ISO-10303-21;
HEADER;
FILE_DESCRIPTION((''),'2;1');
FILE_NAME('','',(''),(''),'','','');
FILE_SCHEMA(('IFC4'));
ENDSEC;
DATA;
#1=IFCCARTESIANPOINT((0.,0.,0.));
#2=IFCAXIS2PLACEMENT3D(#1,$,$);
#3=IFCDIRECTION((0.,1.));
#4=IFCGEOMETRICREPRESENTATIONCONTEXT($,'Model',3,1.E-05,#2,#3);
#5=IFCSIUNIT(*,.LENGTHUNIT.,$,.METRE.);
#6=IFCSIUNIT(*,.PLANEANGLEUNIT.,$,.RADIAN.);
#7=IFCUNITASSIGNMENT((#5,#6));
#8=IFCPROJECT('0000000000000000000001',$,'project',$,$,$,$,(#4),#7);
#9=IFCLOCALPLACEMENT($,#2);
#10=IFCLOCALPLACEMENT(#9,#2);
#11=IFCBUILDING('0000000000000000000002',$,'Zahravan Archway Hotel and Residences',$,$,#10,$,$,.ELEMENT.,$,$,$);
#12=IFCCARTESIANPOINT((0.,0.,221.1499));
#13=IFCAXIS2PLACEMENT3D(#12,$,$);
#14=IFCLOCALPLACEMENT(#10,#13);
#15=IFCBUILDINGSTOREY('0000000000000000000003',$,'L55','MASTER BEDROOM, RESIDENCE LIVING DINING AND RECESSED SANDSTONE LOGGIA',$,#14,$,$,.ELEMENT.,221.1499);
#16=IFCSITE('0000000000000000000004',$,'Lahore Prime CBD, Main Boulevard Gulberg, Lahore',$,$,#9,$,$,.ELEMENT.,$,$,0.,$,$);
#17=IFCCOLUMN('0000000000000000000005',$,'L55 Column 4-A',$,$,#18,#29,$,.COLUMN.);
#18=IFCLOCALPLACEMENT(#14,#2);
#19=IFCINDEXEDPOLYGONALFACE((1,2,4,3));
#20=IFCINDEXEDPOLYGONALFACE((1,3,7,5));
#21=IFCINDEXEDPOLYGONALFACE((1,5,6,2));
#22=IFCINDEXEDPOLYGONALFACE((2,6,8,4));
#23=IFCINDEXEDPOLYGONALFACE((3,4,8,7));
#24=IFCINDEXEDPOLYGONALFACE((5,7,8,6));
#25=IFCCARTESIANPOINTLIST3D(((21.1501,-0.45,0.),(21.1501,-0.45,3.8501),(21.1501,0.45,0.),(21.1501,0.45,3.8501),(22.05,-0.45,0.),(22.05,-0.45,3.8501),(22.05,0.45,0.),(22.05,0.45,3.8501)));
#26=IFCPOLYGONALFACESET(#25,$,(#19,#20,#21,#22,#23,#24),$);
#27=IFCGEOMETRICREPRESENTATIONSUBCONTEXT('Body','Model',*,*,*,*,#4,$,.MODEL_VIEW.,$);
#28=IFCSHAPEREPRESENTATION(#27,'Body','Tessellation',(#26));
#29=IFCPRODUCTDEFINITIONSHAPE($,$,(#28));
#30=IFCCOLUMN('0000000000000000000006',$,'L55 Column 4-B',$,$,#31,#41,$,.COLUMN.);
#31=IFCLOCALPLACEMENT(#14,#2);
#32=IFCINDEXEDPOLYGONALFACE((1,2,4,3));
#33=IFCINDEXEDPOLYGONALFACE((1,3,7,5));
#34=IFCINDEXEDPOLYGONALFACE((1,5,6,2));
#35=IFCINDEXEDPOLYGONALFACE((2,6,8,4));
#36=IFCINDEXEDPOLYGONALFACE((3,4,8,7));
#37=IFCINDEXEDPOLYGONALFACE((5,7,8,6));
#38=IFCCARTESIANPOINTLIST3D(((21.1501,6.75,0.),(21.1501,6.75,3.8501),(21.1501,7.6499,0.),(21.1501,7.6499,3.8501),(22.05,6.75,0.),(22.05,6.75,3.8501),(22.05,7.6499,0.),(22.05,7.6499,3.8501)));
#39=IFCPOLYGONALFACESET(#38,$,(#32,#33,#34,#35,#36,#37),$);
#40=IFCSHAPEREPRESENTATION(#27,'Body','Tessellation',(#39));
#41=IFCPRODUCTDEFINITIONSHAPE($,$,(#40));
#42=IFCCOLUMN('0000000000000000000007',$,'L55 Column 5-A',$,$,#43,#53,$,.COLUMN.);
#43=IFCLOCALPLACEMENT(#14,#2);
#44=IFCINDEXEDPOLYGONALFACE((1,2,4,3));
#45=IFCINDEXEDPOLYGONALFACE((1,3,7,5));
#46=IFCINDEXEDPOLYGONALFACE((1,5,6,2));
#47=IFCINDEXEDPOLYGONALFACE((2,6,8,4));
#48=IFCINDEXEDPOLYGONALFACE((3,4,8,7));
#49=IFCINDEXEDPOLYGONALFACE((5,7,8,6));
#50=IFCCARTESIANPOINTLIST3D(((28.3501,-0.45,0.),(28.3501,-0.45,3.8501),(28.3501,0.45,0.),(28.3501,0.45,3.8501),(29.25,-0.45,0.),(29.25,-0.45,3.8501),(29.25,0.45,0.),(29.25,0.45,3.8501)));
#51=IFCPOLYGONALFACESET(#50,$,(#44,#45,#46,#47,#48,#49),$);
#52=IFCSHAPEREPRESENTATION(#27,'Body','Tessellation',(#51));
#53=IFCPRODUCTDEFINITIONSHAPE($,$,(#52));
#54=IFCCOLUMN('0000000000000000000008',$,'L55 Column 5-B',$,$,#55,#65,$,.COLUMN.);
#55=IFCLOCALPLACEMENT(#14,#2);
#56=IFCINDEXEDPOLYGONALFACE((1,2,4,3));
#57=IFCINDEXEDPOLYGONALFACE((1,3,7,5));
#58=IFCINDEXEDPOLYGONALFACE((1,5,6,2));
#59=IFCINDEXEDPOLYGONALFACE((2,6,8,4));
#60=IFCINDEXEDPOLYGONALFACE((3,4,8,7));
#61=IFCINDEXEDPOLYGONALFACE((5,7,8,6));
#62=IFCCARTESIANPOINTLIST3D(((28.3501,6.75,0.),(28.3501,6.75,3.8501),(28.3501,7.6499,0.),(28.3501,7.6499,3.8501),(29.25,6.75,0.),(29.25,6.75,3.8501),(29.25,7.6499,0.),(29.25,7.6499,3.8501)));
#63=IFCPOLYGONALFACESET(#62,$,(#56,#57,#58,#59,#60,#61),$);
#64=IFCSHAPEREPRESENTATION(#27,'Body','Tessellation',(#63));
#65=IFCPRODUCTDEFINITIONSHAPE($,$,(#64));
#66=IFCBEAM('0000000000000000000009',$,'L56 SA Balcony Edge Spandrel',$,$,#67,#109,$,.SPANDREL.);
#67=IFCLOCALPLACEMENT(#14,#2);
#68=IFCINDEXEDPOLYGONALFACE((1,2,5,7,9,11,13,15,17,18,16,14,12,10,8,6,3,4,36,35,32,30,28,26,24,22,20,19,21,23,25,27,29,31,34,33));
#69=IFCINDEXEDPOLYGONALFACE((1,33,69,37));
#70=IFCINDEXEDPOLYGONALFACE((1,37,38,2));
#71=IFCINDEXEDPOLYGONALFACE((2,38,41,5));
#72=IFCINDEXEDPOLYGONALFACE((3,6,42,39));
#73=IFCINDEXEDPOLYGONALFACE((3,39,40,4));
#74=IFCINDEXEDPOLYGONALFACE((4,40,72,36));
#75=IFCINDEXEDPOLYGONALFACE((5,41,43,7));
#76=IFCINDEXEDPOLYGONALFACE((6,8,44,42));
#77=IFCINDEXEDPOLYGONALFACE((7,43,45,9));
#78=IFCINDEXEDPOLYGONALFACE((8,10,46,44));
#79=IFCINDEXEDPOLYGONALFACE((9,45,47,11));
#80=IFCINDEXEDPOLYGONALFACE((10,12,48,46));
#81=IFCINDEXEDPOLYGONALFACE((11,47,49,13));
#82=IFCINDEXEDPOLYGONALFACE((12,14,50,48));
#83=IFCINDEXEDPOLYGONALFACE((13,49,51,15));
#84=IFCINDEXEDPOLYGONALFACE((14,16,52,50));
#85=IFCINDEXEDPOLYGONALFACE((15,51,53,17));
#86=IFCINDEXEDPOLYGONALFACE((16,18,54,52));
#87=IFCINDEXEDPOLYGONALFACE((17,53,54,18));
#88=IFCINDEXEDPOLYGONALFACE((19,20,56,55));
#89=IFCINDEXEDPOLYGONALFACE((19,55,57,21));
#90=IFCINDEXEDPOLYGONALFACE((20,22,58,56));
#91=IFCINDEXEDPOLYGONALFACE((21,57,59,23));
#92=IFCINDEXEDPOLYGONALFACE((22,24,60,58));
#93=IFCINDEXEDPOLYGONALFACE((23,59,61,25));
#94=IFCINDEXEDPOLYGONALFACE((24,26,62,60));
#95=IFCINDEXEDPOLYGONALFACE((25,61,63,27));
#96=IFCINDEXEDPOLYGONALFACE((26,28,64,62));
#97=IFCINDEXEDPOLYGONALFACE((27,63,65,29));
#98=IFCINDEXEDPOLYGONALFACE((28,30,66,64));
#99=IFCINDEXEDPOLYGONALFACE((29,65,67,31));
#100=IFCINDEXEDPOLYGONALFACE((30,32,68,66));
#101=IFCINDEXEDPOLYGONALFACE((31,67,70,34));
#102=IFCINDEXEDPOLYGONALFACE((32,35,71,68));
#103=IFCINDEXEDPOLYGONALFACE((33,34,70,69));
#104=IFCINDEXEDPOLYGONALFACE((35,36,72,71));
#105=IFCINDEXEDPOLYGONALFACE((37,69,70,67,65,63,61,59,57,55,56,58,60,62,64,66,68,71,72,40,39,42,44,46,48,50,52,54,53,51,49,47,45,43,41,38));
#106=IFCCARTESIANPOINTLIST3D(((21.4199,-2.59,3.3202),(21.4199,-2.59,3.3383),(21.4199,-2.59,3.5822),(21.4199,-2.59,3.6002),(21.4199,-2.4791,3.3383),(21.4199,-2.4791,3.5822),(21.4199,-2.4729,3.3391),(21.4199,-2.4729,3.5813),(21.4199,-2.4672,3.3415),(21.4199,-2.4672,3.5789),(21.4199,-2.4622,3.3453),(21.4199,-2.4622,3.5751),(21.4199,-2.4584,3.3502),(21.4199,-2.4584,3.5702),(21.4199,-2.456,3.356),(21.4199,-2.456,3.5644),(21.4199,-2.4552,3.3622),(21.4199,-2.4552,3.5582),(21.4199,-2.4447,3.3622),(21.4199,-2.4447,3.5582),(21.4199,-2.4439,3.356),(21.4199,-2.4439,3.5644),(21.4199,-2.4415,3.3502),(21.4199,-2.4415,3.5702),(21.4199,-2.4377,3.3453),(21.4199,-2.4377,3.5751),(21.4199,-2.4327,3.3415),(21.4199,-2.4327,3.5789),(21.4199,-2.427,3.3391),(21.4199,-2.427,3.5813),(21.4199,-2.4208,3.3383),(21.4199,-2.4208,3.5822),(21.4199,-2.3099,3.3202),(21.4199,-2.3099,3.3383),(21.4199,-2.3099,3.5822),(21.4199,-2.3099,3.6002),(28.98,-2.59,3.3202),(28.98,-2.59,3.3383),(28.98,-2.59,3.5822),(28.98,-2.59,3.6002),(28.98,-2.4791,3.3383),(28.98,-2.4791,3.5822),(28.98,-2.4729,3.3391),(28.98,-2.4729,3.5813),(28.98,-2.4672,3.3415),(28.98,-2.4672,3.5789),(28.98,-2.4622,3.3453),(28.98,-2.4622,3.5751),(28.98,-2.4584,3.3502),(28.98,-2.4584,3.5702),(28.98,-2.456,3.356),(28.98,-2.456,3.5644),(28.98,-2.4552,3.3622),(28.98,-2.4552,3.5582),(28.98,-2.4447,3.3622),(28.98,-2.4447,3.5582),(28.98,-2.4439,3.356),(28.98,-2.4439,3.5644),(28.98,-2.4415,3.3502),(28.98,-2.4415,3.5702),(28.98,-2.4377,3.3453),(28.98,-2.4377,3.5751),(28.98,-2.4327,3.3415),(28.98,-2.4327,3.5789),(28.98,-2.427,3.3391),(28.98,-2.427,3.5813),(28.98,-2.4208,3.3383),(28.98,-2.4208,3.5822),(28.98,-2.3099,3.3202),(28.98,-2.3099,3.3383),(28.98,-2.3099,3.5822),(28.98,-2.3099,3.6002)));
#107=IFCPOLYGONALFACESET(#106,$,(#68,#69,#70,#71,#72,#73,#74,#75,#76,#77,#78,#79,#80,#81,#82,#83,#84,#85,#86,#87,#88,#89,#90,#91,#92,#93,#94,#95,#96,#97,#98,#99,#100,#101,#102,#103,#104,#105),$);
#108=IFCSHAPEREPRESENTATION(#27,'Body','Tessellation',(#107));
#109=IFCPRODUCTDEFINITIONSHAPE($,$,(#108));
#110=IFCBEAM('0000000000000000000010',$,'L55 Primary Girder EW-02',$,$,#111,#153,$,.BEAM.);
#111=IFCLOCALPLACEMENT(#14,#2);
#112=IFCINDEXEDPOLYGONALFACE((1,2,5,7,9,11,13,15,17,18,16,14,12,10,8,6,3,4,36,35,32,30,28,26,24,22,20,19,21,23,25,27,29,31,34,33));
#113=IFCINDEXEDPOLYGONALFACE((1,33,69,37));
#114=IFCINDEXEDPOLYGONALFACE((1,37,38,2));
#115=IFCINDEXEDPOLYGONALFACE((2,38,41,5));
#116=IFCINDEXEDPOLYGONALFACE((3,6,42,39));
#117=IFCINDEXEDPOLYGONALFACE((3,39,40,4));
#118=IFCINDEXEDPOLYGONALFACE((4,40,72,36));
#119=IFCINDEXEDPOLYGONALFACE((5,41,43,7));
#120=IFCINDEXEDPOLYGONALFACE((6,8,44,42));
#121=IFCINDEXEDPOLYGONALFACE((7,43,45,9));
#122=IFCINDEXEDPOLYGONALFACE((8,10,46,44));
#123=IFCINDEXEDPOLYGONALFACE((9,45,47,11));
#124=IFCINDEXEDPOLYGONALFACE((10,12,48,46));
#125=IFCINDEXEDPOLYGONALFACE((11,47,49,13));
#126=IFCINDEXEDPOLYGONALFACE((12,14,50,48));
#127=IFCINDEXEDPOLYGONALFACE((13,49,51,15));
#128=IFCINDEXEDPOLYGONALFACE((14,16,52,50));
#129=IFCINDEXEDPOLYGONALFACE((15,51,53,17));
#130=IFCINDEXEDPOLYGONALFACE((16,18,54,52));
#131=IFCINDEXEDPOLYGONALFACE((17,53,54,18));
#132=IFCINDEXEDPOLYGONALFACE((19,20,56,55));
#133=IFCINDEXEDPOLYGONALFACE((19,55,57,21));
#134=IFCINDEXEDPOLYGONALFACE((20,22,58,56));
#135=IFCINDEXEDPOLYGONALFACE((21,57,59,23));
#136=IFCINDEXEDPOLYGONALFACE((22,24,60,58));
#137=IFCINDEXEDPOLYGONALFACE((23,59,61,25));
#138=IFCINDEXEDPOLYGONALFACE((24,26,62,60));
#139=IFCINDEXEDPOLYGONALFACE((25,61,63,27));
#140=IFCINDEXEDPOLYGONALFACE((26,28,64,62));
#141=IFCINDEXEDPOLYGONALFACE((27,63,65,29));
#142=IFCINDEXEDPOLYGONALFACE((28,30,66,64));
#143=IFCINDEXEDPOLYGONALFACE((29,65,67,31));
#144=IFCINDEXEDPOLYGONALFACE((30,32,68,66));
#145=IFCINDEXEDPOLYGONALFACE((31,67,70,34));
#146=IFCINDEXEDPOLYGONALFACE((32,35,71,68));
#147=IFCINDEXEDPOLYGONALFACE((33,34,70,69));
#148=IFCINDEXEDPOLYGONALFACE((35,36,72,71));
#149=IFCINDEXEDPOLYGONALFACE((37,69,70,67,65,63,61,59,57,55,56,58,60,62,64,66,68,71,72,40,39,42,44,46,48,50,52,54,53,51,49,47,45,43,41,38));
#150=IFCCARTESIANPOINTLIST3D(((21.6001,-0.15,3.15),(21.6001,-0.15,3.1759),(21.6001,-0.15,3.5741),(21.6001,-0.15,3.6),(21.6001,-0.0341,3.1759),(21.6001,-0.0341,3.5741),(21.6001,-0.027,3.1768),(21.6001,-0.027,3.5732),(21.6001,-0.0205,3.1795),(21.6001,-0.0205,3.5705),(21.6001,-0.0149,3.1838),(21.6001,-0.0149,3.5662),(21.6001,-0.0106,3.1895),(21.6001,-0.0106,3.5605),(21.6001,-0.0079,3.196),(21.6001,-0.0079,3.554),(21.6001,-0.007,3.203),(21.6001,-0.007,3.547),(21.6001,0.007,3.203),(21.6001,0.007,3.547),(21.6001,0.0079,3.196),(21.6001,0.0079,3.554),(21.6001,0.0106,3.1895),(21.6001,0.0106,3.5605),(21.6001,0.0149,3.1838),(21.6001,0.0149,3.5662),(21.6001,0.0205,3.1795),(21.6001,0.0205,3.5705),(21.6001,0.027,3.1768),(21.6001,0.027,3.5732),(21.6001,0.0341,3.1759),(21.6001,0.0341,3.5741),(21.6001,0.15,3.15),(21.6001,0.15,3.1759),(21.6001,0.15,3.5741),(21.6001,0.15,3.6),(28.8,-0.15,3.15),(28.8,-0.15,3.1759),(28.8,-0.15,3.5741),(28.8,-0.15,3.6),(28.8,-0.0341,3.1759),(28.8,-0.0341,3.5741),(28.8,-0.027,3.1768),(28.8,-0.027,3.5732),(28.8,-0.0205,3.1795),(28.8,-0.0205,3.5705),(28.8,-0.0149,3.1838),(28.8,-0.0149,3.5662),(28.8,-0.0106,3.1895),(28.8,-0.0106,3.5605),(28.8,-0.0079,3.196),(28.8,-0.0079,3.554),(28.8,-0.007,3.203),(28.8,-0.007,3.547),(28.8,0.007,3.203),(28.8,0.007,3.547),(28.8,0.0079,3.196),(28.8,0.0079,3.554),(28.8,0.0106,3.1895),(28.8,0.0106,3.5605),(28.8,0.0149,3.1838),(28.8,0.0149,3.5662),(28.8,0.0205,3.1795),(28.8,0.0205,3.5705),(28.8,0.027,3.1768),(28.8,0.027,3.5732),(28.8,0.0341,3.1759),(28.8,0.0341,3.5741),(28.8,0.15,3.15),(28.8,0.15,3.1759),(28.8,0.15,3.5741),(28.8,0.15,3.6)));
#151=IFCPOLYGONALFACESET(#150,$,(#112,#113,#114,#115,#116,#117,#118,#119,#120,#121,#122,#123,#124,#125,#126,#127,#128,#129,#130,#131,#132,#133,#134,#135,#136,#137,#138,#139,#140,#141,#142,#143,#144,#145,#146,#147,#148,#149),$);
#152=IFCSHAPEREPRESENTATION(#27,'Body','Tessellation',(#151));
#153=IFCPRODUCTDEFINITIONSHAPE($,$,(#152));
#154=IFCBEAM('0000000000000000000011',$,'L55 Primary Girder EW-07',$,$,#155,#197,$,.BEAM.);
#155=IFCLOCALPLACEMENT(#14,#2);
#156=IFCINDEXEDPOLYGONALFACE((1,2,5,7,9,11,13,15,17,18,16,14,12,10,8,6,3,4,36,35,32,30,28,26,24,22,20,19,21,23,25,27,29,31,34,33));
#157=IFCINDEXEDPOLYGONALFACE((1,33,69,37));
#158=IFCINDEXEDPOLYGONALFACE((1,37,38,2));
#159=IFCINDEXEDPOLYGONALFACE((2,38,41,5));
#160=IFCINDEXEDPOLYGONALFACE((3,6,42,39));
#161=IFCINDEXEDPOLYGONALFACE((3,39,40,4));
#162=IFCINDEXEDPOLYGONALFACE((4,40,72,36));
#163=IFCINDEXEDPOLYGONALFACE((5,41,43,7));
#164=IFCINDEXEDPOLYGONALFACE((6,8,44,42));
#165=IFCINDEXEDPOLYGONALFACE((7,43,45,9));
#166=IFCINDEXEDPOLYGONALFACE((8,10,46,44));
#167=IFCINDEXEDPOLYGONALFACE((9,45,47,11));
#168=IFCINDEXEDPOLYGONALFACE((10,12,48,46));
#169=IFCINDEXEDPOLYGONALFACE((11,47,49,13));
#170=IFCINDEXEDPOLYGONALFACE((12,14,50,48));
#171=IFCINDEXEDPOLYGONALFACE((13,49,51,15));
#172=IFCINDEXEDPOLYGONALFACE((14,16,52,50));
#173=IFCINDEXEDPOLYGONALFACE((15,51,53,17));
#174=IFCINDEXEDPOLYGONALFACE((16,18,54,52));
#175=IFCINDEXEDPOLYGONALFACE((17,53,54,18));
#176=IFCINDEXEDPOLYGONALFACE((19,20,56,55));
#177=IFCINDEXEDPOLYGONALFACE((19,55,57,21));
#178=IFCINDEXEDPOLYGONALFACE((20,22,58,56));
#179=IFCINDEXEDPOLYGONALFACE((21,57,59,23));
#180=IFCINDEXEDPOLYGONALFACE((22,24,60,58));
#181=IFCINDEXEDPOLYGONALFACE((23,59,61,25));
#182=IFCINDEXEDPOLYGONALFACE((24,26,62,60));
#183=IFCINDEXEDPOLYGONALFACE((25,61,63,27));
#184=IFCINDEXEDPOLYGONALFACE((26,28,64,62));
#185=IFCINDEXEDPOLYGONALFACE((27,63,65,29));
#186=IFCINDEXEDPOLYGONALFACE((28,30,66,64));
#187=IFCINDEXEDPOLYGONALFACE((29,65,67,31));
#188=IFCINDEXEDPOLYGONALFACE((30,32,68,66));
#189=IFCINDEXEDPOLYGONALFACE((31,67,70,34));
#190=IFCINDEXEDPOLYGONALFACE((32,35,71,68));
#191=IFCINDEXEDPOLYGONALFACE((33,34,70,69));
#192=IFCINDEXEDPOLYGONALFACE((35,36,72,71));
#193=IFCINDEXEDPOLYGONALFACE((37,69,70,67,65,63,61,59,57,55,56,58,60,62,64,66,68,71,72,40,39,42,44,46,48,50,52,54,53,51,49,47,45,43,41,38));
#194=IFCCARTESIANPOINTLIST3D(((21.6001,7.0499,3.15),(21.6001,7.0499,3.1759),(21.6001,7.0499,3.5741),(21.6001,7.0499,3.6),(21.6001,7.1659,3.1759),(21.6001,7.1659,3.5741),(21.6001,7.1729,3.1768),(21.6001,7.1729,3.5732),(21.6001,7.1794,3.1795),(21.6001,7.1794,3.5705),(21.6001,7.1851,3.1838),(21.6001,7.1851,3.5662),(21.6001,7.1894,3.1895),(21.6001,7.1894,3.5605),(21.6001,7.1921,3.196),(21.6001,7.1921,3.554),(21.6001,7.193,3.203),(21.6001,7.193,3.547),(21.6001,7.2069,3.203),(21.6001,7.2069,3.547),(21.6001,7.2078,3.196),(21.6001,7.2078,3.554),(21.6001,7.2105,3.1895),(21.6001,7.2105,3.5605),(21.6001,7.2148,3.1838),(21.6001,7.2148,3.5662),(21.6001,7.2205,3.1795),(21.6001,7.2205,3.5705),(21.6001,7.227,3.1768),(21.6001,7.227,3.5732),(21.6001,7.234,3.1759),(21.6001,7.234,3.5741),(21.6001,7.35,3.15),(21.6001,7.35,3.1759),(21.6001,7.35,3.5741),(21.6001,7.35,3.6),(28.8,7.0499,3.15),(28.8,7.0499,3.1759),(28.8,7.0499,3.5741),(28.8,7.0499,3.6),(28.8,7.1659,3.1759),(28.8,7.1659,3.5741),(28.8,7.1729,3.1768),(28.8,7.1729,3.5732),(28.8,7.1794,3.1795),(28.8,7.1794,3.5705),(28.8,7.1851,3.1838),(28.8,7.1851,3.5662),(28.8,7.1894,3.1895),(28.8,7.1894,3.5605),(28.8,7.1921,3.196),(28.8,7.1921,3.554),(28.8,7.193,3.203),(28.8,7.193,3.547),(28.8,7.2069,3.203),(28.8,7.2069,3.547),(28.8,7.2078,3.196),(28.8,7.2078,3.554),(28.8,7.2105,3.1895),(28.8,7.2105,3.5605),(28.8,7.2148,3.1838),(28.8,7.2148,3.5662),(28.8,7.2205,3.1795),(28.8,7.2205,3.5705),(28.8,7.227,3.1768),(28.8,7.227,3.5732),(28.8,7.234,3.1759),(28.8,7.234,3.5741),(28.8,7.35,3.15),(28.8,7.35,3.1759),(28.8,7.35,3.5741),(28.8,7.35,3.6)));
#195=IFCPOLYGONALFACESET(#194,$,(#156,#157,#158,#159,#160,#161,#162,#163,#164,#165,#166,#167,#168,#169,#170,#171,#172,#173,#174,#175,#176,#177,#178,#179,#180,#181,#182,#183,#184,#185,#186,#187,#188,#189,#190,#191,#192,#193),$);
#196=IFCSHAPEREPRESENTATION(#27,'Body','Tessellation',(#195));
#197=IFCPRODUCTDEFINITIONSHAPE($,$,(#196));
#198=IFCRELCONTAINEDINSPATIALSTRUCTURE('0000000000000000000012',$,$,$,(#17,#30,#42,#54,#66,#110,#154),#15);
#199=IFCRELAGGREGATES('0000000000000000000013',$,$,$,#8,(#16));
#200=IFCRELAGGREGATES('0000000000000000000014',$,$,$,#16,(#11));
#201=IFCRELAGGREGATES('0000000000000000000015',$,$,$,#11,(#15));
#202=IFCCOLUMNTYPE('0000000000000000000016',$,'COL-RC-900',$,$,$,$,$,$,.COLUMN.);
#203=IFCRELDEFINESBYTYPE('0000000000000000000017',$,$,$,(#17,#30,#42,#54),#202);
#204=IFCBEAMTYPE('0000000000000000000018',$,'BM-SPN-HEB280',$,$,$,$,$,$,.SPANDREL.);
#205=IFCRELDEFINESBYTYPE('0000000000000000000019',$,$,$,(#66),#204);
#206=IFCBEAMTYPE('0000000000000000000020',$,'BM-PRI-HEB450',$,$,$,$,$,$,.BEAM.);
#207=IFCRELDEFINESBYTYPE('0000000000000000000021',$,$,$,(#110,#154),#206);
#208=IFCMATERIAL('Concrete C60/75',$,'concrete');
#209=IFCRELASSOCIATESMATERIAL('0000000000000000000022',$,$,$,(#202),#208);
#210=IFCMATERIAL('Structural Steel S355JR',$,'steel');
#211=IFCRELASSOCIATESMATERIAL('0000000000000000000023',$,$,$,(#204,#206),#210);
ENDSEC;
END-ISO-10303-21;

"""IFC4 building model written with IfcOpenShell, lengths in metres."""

from ifc_helpers import new_model, si_unit, direction, frame, origin, origin_2d, place, context, subcontext, project, spatial, rectangle, i_section, extrude, source, transform, mapped, material, material_profile, profile_set, type_object, type_shapes, element, save


model = new_model("IFC4")

# Units and contexts
model_context = context("Model", 3, precision=1e-05, world=origin(), true_north=direction((0.0, 1.0)))
body_context = subcontext(model_context, "Body", "Model", "MODEL_VIEW")
ifc_project = project(units=[si_unit("LENGTHUNIT", "METRE"), si_unit("PLANEANGLEUNIT", "RADIAN")], contexts=[model_context])

# Site, building, storey
site_placement = place(None, origin())
site = spatial("IfcSite", under=ifc_project, at=site_placement, Name="Lahore Prime CBD, Main Boulevard Gulberg, Lahore", CompositionType="ELEMENT", RefElevation=0.0)
building_placement = place(site_placement, origin())
building = spatial("IfcBuilding", under=site, at=building_placement, Name="Zahravan Archway Hotel and Residences", CompositionType="ELEMENT")
storey_placement = place(building_placement, frame((0.0, 0.0, 221.1499)))
storey = spatial("IfcBuildingStorey", under=building, at=storey_placement, Name="L55", Description="MASTER BEDROOM, RESIDENCE LIVING DINING AND RECESSED SANDSTONE LOGGIA", CompositionType="ELEMENT", Elevation=221.1499)

# Columns
ifc_material_1 = material(Name="Concrete C60/75", Category="concrete")
ifc_material_profile_1 = material_profile(ifc_material_1, rectangle(XDim=0.8999, YDim=0.8999, at=origin_2d()), Name="RC-COL-900x900", Category="concrete")
ifc_profile_set_1 = profile_set([ifc_material_profile_1], Name="Concrete C60/75")
column_type = type_object("IfcColumnType", Name="COL-RC-900", PredefinedType="COLUMN", material=ifc_profile_set_1)
shared_shape_1 = source(origin(), body_context, "Body", "SweptSolid", [
    extrude(rectangle(XDim=0.8999, YDim=0.8999, at=origin_2d()), origin(), (0.0, 0.0, 1.0), 3.8501),
])
type_shapes(column_type, [shared_shape_1])
for number, where, z_axis, x_axis, name in (
    (1, (21.6001, 0.0, 0.0), (0.0, 0.0, 1.0), (1.0, 0.0, 0.0), "L55 Column 4-A"),
    (2, (21.6001, 7.2, 0.0), (0.0, 0.0, 1.0), (1.0, 0.0, 0.0), "L55 Column 4-B"),
    (3, (28.8, 0.0, 0.0), (0.0, 0.0, 1.0), (1.0, 0.0, 0.0), "L55 Column 5-A"),
    (4, (28.8, 7.2, 0.0), (0.0, 0.0, 1.0), (1.0, 0.0, 0.0), "L55 Column 5-B"),
):
    element("IfcColumn", number, at=place(storey_placement, frame(where, z_axis=z_axis, x_axis=x_axis)), inside=storey, type_object=column_type, Name=name, PredefinedType="COLUMN", context=body_context, shape_type="MappedRepresentation", body=[
        mapped(shared_shape_1, transform((0.0, 0.0, 0.0), scale=1.0)),
    ])

# Beams
ifc_material_2 = material(Name="Structural Steel S355JR", Category="steel")
ifc_material_profile_2 = material_profile(ifc_material_2, i_section(OverallWidth=0.28, OverallDepth=0.28, WebThickness=0.0105, FlangeThickness=0.0181, FilletRadius=0.0239, at=origin_2d()), Name="HEB 280", Category="steel")
ifc_profile_set_2 = profile_set([ifc_material_profile_2], Name="Structural Steel S355JR")
beam_type_1 = type_object("IfcBeamType", Name="BM-SPN-HEB280", PredefinedType="SPANDREL", material=ifc_profile_set_2)
shared_shape_2 = source(origin(), body_context, "Body", "SweptSolid", [
    extrude(i_section(OverallWidth=0.28, OverallDepth=0.28, WebThickness=0.0105, FlangeThickness=0.0181, FilletRadius=0.0239, at=origin_2d()), origin(), (0.0, 0.0, 1.0), 7.5601),
])
type_shapes(beam_type_1, [shared_shape_2])
beam_placement = place(storey_placement, frame((21.4199, -2.45, 3.4602), z_axis=(1.0, 0.0, 0.0), x_axis=(0.0, 1.0, 0.0)))
element("IfcBeam", 5, at=beam_placement, inside=storey, type_object=beam_type_1, Name="L56 SA Balcony Edge Spandrel", PredefinedType="SPANDREL", context=body_context, shape_type="MappedRepresentation", body=[
    mapped(shared_shape_2, transform((0.0, 0.0, 0.0), scale=1.0)),
])
ifc_material_profile_3 = material_profile(ifc_material_2, i_section(OverallWidth=0.3, OverallDepth=0.45, WebThickness=0.0139, FlangeThickness=0.0259, FilletRadius=0.0271, at=origin_2d()), Name="HEB 450", Category="steel")
ifc_profile_set_3 = profile_set([ifc_material_profile_3], Name="Structural Steel S355JR")
beam_type_2 = type_object("IfcBeamType", Name="BM-PRI-HEB450", PredefinedType="BEAM", material=ifc_profile_set_3)
shared_shape_3 = source(origin(), body_context, "Body", "SweptSolid", [
    extrude(i_section(OverallWidth=0.3, OverallDepth=0.45, WebThickness=0.0139, FlangeThickness=0.0259, FilletRadius=0.0271, at=origin_2d()), origin(), (0.0, 0.0, 1.0), 7.2),
])
for number, where, z_axis, x_axis, name in (
    (6, (21.6001, 0.0, 3.375), (1.0, 0.0, 0.0), (0.0, 1.0, 0.0), "L55 Primary Girder EW-02"),
    (7, (21.6001, 7.2, 3.375), (1.0, 0.0, 0.0), (0.0, 1.0, 0.0), "L55 Primary Girder EW-07"),
):
    element("IfcBeam", number, at=place(storey_placement, frame(where, z_axis=z_axis, x_axis=x_axis)), inside=storey, type_object=beam_type_2, Name=name, PredefinedType="BEAM", context=body_context, shape_type="MappedRepresentation", body=[
        mapped(shared_shape_3, transform((0.0, 0.0, 0.0), scale=1.0)),
    ])

save(model, "model.ifc")
